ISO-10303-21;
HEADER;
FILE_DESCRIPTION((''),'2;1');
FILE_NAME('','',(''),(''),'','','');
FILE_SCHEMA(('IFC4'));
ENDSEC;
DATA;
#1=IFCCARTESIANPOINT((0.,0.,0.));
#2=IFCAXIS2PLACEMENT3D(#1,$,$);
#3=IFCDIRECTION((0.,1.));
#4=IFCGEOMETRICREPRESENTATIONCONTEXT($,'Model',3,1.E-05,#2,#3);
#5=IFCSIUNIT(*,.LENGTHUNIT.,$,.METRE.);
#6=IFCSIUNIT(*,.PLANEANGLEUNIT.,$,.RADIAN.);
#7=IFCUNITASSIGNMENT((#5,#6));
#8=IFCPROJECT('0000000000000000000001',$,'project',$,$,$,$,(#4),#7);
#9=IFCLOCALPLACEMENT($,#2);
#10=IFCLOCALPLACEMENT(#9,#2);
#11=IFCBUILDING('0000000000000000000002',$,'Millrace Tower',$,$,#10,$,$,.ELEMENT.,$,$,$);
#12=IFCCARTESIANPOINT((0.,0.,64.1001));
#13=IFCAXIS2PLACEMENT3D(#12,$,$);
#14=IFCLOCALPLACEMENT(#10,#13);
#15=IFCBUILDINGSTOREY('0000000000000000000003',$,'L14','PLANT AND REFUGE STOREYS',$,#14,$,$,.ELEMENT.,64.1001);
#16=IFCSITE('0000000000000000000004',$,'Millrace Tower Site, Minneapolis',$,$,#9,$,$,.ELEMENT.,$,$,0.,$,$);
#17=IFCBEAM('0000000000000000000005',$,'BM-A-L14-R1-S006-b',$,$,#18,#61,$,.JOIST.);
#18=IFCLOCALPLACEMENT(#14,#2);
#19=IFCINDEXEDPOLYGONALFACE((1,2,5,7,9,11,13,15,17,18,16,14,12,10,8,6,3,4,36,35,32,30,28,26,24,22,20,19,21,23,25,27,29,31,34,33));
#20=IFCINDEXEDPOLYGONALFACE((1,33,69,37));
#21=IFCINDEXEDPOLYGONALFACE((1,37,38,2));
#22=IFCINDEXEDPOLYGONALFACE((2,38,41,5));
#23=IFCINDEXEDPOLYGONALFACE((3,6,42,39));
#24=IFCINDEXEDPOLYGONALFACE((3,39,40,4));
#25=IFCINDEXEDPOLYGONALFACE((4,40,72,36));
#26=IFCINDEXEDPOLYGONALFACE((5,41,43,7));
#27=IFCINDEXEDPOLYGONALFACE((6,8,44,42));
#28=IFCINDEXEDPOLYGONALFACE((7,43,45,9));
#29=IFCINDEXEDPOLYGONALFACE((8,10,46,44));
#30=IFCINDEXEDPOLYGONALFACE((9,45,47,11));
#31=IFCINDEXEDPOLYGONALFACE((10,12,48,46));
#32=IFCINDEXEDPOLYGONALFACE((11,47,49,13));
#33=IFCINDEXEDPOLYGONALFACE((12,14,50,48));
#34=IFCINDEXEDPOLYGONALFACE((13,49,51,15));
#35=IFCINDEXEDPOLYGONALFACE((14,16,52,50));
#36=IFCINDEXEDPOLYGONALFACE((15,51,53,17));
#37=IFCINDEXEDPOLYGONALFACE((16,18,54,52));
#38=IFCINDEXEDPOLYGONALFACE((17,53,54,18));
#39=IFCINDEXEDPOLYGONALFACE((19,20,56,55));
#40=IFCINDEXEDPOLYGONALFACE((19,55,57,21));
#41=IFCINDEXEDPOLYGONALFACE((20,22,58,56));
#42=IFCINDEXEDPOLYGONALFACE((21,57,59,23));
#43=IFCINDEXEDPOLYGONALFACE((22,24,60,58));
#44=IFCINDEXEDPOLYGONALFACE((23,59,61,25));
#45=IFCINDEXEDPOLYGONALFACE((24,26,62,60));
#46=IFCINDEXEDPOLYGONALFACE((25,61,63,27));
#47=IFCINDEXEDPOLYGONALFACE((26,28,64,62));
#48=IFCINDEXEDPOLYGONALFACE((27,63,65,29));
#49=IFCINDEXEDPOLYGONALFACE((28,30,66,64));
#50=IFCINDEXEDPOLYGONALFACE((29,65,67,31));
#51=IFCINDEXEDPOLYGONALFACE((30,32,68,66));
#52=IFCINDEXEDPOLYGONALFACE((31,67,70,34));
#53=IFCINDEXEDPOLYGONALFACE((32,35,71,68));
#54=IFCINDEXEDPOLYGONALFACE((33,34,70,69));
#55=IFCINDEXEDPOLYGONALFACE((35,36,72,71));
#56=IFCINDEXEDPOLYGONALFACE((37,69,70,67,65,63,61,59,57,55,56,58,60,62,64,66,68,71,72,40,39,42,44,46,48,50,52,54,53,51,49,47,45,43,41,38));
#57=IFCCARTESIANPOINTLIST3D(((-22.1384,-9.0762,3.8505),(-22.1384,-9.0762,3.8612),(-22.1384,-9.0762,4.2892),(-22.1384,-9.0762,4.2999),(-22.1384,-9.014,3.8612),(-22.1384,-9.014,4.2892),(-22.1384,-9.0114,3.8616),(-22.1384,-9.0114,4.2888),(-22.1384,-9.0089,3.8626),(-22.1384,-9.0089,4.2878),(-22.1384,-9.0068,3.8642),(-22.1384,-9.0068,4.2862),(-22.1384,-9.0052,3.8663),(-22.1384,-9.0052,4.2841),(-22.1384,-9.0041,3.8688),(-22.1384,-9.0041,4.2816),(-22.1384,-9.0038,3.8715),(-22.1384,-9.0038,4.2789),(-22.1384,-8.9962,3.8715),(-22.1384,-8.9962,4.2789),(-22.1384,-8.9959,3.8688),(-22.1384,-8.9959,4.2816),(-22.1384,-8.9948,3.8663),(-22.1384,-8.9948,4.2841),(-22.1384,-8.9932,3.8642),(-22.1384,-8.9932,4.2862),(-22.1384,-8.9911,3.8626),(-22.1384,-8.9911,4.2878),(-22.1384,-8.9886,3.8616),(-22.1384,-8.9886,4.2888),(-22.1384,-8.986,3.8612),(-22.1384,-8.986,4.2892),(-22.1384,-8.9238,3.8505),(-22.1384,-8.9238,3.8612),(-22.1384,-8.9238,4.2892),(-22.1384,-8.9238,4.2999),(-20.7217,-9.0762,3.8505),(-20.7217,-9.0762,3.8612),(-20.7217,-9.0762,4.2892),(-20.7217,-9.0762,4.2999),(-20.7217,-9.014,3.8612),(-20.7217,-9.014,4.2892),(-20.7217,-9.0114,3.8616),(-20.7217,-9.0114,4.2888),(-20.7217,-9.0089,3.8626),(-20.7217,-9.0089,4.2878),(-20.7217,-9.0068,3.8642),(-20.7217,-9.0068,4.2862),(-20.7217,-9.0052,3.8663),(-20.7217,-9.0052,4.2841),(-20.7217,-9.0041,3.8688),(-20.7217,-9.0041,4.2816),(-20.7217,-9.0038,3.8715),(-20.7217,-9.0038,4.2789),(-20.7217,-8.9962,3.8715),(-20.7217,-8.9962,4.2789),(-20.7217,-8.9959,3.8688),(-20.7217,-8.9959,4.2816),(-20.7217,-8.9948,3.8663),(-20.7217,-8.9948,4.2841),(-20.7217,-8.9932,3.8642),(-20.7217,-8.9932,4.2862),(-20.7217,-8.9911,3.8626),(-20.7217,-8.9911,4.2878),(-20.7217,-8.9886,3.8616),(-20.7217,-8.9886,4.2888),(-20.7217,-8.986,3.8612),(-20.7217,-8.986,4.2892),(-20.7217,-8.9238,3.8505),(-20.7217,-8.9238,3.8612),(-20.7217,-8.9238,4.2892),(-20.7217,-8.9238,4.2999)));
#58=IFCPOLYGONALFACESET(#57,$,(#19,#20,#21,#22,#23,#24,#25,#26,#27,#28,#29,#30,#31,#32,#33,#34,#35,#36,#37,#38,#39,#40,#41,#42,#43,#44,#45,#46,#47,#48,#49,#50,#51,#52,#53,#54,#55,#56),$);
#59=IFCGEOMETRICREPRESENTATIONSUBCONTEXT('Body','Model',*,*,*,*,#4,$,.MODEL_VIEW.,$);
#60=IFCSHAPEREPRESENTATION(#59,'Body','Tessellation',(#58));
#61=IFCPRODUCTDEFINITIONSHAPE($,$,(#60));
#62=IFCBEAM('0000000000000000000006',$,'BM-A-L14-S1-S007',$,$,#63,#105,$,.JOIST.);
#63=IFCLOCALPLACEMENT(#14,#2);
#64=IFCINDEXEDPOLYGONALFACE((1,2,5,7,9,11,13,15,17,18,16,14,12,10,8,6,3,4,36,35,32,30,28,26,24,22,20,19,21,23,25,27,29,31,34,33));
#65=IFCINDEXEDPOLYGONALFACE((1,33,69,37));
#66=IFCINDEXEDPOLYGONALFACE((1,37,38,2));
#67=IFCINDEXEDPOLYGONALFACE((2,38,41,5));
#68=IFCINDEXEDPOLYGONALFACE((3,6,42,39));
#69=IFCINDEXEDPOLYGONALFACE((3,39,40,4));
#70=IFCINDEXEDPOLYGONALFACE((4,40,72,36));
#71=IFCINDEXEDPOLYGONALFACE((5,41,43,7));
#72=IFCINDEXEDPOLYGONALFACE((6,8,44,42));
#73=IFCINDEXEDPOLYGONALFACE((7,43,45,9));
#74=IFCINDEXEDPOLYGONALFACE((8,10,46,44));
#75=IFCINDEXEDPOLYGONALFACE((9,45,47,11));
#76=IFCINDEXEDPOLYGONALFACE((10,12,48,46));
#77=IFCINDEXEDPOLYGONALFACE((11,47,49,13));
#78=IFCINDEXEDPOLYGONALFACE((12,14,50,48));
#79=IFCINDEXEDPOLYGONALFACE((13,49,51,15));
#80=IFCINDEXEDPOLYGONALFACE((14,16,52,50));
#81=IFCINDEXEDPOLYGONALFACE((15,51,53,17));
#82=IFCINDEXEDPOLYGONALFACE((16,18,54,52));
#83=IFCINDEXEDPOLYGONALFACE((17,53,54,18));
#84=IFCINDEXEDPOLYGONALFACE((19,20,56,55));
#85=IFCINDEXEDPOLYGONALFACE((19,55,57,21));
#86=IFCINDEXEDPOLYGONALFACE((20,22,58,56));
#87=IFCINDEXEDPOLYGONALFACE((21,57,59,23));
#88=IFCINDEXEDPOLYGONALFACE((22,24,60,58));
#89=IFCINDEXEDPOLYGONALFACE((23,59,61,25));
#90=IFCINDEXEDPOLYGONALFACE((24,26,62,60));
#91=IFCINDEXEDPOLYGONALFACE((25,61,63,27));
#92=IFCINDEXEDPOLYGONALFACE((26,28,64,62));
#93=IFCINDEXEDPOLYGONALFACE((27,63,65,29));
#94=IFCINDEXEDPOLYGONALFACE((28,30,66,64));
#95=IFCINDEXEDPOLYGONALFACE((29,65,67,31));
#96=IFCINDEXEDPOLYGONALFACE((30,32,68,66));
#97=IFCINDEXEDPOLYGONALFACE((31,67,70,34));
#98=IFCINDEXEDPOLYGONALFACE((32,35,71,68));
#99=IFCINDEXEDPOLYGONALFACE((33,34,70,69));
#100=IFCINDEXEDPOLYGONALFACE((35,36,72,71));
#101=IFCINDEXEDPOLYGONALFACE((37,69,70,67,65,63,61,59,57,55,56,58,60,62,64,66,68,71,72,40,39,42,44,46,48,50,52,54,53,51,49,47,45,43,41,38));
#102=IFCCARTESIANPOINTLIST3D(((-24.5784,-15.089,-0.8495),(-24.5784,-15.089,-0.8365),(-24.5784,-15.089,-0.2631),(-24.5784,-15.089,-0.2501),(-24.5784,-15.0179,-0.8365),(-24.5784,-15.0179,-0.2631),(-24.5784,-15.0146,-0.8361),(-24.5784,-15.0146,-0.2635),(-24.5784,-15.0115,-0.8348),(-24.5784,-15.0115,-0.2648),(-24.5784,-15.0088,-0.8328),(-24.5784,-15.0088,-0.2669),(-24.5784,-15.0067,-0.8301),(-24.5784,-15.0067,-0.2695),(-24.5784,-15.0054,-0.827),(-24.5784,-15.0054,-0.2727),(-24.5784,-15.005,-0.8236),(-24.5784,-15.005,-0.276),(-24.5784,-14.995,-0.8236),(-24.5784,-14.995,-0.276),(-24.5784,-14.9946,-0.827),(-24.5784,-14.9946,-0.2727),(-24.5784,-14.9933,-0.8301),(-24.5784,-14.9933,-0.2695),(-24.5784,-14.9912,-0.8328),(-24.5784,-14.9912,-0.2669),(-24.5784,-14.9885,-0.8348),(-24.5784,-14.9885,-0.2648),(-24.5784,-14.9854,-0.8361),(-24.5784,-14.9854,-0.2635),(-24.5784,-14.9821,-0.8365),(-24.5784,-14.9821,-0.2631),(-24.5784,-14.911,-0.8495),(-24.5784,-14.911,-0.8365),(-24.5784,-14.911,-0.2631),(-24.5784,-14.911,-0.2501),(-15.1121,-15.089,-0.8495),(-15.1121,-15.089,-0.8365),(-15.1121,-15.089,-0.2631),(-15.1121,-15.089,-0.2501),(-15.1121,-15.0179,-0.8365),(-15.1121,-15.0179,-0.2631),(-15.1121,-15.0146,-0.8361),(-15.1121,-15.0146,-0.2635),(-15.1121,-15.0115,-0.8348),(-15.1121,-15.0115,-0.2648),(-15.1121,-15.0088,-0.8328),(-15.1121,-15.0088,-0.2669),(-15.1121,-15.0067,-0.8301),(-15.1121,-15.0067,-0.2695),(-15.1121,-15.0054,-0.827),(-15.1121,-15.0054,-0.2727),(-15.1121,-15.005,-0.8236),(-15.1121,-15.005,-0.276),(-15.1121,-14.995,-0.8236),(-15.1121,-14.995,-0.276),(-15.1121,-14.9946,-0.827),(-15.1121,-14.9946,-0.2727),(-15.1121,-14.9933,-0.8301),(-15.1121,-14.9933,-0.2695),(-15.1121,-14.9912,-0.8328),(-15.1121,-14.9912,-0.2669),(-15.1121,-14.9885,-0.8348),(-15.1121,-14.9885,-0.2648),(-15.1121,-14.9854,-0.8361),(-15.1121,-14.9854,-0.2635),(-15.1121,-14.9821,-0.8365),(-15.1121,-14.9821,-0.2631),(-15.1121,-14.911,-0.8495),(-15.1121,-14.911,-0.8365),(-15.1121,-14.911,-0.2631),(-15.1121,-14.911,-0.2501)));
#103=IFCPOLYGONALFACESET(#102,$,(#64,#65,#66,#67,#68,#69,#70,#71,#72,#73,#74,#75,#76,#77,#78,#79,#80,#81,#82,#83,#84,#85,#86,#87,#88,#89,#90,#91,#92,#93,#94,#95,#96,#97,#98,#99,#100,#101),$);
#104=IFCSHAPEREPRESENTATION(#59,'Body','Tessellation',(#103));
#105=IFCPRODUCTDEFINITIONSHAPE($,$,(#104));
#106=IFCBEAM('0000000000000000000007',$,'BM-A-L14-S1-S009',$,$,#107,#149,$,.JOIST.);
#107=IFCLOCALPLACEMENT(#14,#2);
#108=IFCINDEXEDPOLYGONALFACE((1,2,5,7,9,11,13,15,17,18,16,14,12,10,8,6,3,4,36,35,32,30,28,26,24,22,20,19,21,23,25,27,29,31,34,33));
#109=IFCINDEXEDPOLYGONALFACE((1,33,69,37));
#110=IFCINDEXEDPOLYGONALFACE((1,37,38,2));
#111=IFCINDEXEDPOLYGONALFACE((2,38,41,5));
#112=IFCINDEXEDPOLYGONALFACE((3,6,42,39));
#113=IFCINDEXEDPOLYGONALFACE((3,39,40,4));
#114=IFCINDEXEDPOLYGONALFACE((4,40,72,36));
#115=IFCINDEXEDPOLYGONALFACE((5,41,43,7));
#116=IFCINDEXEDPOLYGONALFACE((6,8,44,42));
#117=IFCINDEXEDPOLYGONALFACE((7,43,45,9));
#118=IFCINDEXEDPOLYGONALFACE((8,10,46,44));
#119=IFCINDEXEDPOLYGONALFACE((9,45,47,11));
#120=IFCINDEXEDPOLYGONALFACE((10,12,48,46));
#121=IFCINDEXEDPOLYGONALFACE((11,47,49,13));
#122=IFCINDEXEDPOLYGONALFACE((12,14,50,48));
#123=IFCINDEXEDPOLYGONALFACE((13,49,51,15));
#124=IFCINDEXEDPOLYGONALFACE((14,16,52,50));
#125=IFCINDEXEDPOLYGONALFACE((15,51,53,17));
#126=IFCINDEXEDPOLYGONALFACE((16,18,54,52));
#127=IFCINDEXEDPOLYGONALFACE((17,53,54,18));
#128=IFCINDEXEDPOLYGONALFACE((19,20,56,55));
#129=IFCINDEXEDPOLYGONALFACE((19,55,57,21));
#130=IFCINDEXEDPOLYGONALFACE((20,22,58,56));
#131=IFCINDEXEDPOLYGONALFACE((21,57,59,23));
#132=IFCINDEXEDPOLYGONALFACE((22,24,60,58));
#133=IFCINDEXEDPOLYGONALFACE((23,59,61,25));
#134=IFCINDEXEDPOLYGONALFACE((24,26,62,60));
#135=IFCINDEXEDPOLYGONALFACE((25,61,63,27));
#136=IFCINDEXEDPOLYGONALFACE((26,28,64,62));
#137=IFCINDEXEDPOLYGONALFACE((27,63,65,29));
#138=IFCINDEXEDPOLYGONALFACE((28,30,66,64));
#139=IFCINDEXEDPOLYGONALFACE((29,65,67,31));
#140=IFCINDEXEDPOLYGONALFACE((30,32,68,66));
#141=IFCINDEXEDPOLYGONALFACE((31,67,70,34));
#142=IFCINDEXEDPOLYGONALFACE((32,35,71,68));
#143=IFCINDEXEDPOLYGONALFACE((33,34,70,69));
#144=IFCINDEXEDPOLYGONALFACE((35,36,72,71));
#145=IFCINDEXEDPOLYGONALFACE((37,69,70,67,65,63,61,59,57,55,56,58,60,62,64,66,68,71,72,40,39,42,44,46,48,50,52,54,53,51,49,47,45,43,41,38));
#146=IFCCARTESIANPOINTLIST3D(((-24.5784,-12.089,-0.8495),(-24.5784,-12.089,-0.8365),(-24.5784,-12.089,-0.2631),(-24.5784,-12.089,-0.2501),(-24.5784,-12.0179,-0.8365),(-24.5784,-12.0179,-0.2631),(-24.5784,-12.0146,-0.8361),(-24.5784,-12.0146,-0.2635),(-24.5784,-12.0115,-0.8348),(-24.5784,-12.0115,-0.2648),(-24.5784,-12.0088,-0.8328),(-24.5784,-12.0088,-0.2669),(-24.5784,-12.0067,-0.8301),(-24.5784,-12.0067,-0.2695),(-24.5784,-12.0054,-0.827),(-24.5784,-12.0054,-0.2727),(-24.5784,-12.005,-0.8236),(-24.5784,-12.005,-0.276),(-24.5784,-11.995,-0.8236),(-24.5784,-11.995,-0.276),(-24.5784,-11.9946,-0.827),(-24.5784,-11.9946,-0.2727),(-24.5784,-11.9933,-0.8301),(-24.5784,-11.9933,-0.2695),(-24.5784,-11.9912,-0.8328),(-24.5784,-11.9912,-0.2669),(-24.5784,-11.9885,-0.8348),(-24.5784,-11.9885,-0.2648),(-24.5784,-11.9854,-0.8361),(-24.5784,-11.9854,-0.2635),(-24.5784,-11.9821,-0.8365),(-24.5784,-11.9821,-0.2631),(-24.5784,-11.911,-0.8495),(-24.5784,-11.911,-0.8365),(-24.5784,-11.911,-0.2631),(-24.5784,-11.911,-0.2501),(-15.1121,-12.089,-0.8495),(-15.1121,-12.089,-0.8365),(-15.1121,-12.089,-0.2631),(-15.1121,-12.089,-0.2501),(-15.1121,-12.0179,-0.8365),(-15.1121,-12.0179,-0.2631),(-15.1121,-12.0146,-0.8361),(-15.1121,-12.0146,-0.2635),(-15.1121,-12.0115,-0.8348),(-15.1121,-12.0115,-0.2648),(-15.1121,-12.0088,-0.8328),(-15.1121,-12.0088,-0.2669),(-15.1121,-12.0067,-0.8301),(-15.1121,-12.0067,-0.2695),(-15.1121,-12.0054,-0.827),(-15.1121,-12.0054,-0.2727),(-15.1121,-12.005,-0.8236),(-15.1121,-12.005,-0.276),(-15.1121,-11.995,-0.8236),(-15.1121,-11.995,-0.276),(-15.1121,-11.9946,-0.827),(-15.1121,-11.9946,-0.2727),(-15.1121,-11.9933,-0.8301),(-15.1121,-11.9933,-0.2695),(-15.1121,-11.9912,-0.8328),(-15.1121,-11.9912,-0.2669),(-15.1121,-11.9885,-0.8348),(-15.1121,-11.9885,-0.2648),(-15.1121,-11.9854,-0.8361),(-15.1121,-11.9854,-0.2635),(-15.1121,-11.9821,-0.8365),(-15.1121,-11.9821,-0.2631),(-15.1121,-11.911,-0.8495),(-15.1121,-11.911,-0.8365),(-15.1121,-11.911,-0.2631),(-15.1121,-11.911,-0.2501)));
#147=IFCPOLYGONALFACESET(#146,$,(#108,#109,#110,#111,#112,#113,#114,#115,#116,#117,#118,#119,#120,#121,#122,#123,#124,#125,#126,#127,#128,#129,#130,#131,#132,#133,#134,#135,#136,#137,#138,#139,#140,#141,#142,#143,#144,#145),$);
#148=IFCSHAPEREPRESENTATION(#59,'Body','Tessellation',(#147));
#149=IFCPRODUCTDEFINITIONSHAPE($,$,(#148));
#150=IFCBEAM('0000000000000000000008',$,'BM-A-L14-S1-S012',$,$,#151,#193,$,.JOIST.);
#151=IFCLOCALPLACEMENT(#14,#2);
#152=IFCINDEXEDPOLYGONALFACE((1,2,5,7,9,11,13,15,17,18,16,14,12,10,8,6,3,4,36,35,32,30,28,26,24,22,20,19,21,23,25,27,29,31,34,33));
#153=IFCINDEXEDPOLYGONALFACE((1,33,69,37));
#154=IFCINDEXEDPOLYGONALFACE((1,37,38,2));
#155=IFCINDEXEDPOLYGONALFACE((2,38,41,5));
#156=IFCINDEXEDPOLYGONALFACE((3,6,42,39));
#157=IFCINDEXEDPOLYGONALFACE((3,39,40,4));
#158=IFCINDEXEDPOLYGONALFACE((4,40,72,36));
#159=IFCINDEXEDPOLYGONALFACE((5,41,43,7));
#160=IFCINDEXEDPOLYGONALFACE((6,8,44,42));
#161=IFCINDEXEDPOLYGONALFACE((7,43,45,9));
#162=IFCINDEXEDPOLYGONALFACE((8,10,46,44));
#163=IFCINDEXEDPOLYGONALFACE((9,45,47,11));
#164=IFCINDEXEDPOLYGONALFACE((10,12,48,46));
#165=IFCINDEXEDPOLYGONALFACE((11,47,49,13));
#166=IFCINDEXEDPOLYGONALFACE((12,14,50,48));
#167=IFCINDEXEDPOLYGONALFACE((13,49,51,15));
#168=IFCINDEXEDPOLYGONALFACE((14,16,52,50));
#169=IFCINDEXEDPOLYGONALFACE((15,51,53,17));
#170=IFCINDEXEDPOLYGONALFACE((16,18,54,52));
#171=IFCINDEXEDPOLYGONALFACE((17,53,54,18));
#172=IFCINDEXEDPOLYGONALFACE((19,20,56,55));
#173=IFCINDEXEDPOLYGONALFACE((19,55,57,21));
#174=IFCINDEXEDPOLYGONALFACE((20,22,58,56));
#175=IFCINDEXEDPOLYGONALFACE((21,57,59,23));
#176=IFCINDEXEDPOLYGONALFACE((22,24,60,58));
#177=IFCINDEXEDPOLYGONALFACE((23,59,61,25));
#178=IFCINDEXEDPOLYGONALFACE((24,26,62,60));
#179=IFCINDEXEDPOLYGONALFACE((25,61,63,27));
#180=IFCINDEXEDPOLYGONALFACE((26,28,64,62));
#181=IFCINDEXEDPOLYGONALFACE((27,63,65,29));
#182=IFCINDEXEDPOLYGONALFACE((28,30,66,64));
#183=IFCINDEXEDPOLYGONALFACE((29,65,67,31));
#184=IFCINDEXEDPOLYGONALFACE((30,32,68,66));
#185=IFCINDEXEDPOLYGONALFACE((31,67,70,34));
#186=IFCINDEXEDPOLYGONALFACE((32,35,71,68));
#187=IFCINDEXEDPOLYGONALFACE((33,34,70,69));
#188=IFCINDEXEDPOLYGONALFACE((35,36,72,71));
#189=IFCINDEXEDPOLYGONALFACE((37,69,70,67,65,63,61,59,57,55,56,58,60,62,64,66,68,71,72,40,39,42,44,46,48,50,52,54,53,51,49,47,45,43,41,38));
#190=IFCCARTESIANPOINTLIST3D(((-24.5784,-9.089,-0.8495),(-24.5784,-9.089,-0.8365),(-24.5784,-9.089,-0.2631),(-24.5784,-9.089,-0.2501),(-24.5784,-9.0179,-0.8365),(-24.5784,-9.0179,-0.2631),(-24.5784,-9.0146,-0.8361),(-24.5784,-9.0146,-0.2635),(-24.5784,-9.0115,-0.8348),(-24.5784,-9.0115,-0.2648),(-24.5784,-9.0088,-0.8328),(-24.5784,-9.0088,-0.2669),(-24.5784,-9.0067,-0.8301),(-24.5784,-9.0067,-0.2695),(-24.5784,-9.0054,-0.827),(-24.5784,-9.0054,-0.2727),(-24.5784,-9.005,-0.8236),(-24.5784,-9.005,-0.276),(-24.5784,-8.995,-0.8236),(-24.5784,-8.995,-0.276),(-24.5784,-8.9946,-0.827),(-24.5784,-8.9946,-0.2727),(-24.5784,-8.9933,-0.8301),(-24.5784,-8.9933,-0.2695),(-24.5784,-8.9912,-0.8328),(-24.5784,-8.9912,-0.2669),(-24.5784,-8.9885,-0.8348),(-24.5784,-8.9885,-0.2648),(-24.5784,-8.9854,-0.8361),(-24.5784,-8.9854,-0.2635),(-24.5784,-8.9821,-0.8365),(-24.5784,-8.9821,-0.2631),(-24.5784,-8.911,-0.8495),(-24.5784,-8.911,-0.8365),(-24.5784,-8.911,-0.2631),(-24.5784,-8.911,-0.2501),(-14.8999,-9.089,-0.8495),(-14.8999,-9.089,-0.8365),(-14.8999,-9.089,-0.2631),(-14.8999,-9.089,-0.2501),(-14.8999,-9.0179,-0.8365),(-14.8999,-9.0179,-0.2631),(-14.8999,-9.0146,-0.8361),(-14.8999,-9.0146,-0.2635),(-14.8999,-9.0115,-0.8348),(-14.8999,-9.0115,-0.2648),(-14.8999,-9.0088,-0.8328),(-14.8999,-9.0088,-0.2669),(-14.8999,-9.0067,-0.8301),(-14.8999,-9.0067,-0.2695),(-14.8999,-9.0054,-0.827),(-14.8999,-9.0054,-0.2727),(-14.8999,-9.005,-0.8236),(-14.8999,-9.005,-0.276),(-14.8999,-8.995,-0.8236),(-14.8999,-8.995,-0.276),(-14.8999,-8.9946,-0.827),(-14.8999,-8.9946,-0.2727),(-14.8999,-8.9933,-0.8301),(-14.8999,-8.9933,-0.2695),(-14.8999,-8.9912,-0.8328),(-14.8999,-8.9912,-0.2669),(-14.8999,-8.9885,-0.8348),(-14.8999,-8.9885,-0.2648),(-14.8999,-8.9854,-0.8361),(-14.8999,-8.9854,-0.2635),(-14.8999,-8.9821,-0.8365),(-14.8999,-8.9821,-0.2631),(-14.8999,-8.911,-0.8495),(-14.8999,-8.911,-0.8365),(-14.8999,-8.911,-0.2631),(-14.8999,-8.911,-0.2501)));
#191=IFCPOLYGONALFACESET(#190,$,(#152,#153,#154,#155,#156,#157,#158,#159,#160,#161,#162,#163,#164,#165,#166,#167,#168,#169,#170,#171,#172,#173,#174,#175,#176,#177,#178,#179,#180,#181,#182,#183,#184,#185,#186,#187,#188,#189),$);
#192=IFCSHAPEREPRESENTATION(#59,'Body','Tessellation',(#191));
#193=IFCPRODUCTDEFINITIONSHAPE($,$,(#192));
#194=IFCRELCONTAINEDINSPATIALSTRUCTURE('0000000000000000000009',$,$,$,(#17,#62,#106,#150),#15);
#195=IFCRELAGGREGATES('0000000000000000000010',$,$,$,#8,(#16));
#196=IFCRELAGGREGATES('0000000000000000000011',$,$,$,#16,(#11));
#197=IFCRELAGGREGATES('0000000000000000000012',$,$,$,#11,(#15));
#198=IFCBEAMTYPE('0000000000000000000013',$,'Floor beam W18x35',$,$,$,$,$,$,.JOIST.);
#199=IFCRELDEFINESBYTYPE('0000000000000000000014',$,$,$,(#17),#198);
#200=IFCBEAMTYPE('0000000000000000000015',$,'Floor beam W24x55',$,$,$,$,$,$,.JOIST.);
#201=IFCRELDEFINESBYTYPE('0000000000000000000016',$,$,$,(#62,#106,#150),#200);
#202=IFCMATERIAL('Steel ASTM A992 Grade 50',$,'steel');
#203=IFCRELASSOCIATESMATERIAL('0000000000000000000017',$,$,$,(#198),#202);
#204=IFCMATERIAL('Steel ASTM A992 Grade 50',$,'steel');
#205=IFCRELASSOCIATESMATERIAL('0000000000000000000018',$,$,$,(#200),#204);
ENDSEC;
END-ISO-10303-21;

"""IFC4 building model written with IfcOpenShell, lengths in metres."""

from ifc_helpers import new_model, si_unit, direction, frame, origin, origin_2d, place, context, subcontext, project, spatial, i_section, extrude, material, material_profile, profile_set, type_object, element, save


model = new_model("IFC4")

# Units and contexts
model_context = context("Model", 3, precision=1e-05, world=origin(), true_north=direction((0.0, 1.0)))
body_context = subcontext(model_context, "Body", "Model", "MODEL_VIEW")
ifc_project = project(units=[si_unit("LENGTHUNIT", "METRE"), si_unit("PLANEANGLEUNIT", "RADIAN")], contexts=[model_context])

# Site, building, storey
site_placement = place(None, origin())
site = spatial("IfcSite", under=ifc_project, at=site_placement, Name="Millrace Tower Site, Minneapolis", CompositionType="ELEMENT", RefElevation=0.0)
building_placement = place(site_placement, origin())
building = spatial("IfcBuilding", under=site, at=building_placement, Name="Millrace Tower", CompositionType="ELEMENT")
storey_placement = place(building_placement, frame((0.0, 0.0, 64.1001)))
storey = spatial("IfcBuildingStorey", under=building, at=storey_placement, Name="L14", Description="PLANT AND REFUGE STOREYS", CompositionType="ELEMENT", Elevation=64.1001)

# Beams
ifc_material_1 = material(Name="Steel ASTM A992 Grade 50", Category="steel")
ifc_material_profile_1 = material_profile(ifc_material_1, i_section(OverallWidth=0.1523, OverallDepth=0.4495, WebThickness=0.0076, FlangeThickness=0.0107, FilletRadius=0.0103, at=origin_2d()))
ifc_profile_set_1 = profile_set([ifc_material_profile_1], Name="Steel ASTM A992 Grade 50")
beam_type_1 = type_object("IfcBeamType", Name="Floor beam W18x35", PredefinedType="JOIST", material=ifc_profile_set_1)
beam_1_placement = place(storey_placement, frame((-22.1384, -9.0, 4.0752), z_axis=(1.0, 0.0, 0.0), x_axis=(0.0, 1.0, 0.0)))
element("IfcBeam", 1, at=beam_1_placement, inside=storey, type_object=beam_type_1, Name="BM-A-L14-R1-S006-b", PredefinedType="JOIST", context=body_context, shape_type="SweptSolid", body=[
    extrude(i_section(OverallWidth=0.1523, OverallDepth=0.4495, WebThickness=0.0076, FlangeThickness=0.0107, FilletRadius=0.0103, at=origin_2d()), origin(), (0.0, 0.0, 1.0), 1.4167),
])
ifc_material_2 = material(Name="Steel ASTM A992 Grade 50", Category="steel")
ifc_material_profile_2 = material_profile(ifc_material_2, i_section(OverallWidth=0.178, OverallDepth=0.5994, WebThickness=0.01, FlangeThickness=0.0129, FilletRadius=0.0129, at=origin_2d()))
ifc_profile_set_2 = profile_set([ifc_material_profile_2], Name="Steel ASTM A992 Grade 50")
beam_type_2 = type_object("IfcBeamType", Name="Floor beam W24x55", PredefinedType="JOIST", material=ifc_profile_set_2)
for number, where, z_axis, x_axis, name in (
    (2, (-24.5784, -15.0, -0.5498), (1.0, 0.0, 0.0), (0.0, 1.0, 0.0), "BM-A-L14-S1-S007"),
    (3, (-24.5784, -12.0, -0.5498), (1.0, 0.0, 0.0), (0.0, 1.0, 0.0), "BM-A-L14-S1-S009"),
):
    element("IfcBeam", number, at=place(storey_placement, frame(where, z_axis=z_axis, x_axis=x_axis)), inside=storey, type_object=beam_type_2, Name=name, PredefinedType="JOIST", context=body_context, shape_type="SweptSolid", body=[
        extrude(i_section(OverallWidth=0.178, OverallDepth=0.5994, WebThickness=0.01, FlangeThickness=0.0129, FilletRadius=0.0129, at=origin_2d()), origin(), (0.0, 0.0, 1.0), 9.4663),
    ])
beam_2_placement = place(storey_placement, frame((-24.5784, -9.0, -0.5498), z_axis=(1.0, 0.0, 0.0), x_axis=(0.0, 1.0, 0.0)))
element("IfcBeam", 4, at=beam_2_placement, inside=storey, type_object=beam_type_2, Name="BM-A-L14-S1-S012", PredefinedType="JOIST", context=body_context, shape_type="SweptSolid", body=[
    extrude(i_section(OverallWidth=0.178, OverallDepth=0.5994, WebThickness=0.01, FlangeThickness=0.0129, FilletRadius=0.0129, at=origin_2d()), origin(), (0.0, 0.0, 1.0), 9.6785),
])

save(model, "model.ifc")
